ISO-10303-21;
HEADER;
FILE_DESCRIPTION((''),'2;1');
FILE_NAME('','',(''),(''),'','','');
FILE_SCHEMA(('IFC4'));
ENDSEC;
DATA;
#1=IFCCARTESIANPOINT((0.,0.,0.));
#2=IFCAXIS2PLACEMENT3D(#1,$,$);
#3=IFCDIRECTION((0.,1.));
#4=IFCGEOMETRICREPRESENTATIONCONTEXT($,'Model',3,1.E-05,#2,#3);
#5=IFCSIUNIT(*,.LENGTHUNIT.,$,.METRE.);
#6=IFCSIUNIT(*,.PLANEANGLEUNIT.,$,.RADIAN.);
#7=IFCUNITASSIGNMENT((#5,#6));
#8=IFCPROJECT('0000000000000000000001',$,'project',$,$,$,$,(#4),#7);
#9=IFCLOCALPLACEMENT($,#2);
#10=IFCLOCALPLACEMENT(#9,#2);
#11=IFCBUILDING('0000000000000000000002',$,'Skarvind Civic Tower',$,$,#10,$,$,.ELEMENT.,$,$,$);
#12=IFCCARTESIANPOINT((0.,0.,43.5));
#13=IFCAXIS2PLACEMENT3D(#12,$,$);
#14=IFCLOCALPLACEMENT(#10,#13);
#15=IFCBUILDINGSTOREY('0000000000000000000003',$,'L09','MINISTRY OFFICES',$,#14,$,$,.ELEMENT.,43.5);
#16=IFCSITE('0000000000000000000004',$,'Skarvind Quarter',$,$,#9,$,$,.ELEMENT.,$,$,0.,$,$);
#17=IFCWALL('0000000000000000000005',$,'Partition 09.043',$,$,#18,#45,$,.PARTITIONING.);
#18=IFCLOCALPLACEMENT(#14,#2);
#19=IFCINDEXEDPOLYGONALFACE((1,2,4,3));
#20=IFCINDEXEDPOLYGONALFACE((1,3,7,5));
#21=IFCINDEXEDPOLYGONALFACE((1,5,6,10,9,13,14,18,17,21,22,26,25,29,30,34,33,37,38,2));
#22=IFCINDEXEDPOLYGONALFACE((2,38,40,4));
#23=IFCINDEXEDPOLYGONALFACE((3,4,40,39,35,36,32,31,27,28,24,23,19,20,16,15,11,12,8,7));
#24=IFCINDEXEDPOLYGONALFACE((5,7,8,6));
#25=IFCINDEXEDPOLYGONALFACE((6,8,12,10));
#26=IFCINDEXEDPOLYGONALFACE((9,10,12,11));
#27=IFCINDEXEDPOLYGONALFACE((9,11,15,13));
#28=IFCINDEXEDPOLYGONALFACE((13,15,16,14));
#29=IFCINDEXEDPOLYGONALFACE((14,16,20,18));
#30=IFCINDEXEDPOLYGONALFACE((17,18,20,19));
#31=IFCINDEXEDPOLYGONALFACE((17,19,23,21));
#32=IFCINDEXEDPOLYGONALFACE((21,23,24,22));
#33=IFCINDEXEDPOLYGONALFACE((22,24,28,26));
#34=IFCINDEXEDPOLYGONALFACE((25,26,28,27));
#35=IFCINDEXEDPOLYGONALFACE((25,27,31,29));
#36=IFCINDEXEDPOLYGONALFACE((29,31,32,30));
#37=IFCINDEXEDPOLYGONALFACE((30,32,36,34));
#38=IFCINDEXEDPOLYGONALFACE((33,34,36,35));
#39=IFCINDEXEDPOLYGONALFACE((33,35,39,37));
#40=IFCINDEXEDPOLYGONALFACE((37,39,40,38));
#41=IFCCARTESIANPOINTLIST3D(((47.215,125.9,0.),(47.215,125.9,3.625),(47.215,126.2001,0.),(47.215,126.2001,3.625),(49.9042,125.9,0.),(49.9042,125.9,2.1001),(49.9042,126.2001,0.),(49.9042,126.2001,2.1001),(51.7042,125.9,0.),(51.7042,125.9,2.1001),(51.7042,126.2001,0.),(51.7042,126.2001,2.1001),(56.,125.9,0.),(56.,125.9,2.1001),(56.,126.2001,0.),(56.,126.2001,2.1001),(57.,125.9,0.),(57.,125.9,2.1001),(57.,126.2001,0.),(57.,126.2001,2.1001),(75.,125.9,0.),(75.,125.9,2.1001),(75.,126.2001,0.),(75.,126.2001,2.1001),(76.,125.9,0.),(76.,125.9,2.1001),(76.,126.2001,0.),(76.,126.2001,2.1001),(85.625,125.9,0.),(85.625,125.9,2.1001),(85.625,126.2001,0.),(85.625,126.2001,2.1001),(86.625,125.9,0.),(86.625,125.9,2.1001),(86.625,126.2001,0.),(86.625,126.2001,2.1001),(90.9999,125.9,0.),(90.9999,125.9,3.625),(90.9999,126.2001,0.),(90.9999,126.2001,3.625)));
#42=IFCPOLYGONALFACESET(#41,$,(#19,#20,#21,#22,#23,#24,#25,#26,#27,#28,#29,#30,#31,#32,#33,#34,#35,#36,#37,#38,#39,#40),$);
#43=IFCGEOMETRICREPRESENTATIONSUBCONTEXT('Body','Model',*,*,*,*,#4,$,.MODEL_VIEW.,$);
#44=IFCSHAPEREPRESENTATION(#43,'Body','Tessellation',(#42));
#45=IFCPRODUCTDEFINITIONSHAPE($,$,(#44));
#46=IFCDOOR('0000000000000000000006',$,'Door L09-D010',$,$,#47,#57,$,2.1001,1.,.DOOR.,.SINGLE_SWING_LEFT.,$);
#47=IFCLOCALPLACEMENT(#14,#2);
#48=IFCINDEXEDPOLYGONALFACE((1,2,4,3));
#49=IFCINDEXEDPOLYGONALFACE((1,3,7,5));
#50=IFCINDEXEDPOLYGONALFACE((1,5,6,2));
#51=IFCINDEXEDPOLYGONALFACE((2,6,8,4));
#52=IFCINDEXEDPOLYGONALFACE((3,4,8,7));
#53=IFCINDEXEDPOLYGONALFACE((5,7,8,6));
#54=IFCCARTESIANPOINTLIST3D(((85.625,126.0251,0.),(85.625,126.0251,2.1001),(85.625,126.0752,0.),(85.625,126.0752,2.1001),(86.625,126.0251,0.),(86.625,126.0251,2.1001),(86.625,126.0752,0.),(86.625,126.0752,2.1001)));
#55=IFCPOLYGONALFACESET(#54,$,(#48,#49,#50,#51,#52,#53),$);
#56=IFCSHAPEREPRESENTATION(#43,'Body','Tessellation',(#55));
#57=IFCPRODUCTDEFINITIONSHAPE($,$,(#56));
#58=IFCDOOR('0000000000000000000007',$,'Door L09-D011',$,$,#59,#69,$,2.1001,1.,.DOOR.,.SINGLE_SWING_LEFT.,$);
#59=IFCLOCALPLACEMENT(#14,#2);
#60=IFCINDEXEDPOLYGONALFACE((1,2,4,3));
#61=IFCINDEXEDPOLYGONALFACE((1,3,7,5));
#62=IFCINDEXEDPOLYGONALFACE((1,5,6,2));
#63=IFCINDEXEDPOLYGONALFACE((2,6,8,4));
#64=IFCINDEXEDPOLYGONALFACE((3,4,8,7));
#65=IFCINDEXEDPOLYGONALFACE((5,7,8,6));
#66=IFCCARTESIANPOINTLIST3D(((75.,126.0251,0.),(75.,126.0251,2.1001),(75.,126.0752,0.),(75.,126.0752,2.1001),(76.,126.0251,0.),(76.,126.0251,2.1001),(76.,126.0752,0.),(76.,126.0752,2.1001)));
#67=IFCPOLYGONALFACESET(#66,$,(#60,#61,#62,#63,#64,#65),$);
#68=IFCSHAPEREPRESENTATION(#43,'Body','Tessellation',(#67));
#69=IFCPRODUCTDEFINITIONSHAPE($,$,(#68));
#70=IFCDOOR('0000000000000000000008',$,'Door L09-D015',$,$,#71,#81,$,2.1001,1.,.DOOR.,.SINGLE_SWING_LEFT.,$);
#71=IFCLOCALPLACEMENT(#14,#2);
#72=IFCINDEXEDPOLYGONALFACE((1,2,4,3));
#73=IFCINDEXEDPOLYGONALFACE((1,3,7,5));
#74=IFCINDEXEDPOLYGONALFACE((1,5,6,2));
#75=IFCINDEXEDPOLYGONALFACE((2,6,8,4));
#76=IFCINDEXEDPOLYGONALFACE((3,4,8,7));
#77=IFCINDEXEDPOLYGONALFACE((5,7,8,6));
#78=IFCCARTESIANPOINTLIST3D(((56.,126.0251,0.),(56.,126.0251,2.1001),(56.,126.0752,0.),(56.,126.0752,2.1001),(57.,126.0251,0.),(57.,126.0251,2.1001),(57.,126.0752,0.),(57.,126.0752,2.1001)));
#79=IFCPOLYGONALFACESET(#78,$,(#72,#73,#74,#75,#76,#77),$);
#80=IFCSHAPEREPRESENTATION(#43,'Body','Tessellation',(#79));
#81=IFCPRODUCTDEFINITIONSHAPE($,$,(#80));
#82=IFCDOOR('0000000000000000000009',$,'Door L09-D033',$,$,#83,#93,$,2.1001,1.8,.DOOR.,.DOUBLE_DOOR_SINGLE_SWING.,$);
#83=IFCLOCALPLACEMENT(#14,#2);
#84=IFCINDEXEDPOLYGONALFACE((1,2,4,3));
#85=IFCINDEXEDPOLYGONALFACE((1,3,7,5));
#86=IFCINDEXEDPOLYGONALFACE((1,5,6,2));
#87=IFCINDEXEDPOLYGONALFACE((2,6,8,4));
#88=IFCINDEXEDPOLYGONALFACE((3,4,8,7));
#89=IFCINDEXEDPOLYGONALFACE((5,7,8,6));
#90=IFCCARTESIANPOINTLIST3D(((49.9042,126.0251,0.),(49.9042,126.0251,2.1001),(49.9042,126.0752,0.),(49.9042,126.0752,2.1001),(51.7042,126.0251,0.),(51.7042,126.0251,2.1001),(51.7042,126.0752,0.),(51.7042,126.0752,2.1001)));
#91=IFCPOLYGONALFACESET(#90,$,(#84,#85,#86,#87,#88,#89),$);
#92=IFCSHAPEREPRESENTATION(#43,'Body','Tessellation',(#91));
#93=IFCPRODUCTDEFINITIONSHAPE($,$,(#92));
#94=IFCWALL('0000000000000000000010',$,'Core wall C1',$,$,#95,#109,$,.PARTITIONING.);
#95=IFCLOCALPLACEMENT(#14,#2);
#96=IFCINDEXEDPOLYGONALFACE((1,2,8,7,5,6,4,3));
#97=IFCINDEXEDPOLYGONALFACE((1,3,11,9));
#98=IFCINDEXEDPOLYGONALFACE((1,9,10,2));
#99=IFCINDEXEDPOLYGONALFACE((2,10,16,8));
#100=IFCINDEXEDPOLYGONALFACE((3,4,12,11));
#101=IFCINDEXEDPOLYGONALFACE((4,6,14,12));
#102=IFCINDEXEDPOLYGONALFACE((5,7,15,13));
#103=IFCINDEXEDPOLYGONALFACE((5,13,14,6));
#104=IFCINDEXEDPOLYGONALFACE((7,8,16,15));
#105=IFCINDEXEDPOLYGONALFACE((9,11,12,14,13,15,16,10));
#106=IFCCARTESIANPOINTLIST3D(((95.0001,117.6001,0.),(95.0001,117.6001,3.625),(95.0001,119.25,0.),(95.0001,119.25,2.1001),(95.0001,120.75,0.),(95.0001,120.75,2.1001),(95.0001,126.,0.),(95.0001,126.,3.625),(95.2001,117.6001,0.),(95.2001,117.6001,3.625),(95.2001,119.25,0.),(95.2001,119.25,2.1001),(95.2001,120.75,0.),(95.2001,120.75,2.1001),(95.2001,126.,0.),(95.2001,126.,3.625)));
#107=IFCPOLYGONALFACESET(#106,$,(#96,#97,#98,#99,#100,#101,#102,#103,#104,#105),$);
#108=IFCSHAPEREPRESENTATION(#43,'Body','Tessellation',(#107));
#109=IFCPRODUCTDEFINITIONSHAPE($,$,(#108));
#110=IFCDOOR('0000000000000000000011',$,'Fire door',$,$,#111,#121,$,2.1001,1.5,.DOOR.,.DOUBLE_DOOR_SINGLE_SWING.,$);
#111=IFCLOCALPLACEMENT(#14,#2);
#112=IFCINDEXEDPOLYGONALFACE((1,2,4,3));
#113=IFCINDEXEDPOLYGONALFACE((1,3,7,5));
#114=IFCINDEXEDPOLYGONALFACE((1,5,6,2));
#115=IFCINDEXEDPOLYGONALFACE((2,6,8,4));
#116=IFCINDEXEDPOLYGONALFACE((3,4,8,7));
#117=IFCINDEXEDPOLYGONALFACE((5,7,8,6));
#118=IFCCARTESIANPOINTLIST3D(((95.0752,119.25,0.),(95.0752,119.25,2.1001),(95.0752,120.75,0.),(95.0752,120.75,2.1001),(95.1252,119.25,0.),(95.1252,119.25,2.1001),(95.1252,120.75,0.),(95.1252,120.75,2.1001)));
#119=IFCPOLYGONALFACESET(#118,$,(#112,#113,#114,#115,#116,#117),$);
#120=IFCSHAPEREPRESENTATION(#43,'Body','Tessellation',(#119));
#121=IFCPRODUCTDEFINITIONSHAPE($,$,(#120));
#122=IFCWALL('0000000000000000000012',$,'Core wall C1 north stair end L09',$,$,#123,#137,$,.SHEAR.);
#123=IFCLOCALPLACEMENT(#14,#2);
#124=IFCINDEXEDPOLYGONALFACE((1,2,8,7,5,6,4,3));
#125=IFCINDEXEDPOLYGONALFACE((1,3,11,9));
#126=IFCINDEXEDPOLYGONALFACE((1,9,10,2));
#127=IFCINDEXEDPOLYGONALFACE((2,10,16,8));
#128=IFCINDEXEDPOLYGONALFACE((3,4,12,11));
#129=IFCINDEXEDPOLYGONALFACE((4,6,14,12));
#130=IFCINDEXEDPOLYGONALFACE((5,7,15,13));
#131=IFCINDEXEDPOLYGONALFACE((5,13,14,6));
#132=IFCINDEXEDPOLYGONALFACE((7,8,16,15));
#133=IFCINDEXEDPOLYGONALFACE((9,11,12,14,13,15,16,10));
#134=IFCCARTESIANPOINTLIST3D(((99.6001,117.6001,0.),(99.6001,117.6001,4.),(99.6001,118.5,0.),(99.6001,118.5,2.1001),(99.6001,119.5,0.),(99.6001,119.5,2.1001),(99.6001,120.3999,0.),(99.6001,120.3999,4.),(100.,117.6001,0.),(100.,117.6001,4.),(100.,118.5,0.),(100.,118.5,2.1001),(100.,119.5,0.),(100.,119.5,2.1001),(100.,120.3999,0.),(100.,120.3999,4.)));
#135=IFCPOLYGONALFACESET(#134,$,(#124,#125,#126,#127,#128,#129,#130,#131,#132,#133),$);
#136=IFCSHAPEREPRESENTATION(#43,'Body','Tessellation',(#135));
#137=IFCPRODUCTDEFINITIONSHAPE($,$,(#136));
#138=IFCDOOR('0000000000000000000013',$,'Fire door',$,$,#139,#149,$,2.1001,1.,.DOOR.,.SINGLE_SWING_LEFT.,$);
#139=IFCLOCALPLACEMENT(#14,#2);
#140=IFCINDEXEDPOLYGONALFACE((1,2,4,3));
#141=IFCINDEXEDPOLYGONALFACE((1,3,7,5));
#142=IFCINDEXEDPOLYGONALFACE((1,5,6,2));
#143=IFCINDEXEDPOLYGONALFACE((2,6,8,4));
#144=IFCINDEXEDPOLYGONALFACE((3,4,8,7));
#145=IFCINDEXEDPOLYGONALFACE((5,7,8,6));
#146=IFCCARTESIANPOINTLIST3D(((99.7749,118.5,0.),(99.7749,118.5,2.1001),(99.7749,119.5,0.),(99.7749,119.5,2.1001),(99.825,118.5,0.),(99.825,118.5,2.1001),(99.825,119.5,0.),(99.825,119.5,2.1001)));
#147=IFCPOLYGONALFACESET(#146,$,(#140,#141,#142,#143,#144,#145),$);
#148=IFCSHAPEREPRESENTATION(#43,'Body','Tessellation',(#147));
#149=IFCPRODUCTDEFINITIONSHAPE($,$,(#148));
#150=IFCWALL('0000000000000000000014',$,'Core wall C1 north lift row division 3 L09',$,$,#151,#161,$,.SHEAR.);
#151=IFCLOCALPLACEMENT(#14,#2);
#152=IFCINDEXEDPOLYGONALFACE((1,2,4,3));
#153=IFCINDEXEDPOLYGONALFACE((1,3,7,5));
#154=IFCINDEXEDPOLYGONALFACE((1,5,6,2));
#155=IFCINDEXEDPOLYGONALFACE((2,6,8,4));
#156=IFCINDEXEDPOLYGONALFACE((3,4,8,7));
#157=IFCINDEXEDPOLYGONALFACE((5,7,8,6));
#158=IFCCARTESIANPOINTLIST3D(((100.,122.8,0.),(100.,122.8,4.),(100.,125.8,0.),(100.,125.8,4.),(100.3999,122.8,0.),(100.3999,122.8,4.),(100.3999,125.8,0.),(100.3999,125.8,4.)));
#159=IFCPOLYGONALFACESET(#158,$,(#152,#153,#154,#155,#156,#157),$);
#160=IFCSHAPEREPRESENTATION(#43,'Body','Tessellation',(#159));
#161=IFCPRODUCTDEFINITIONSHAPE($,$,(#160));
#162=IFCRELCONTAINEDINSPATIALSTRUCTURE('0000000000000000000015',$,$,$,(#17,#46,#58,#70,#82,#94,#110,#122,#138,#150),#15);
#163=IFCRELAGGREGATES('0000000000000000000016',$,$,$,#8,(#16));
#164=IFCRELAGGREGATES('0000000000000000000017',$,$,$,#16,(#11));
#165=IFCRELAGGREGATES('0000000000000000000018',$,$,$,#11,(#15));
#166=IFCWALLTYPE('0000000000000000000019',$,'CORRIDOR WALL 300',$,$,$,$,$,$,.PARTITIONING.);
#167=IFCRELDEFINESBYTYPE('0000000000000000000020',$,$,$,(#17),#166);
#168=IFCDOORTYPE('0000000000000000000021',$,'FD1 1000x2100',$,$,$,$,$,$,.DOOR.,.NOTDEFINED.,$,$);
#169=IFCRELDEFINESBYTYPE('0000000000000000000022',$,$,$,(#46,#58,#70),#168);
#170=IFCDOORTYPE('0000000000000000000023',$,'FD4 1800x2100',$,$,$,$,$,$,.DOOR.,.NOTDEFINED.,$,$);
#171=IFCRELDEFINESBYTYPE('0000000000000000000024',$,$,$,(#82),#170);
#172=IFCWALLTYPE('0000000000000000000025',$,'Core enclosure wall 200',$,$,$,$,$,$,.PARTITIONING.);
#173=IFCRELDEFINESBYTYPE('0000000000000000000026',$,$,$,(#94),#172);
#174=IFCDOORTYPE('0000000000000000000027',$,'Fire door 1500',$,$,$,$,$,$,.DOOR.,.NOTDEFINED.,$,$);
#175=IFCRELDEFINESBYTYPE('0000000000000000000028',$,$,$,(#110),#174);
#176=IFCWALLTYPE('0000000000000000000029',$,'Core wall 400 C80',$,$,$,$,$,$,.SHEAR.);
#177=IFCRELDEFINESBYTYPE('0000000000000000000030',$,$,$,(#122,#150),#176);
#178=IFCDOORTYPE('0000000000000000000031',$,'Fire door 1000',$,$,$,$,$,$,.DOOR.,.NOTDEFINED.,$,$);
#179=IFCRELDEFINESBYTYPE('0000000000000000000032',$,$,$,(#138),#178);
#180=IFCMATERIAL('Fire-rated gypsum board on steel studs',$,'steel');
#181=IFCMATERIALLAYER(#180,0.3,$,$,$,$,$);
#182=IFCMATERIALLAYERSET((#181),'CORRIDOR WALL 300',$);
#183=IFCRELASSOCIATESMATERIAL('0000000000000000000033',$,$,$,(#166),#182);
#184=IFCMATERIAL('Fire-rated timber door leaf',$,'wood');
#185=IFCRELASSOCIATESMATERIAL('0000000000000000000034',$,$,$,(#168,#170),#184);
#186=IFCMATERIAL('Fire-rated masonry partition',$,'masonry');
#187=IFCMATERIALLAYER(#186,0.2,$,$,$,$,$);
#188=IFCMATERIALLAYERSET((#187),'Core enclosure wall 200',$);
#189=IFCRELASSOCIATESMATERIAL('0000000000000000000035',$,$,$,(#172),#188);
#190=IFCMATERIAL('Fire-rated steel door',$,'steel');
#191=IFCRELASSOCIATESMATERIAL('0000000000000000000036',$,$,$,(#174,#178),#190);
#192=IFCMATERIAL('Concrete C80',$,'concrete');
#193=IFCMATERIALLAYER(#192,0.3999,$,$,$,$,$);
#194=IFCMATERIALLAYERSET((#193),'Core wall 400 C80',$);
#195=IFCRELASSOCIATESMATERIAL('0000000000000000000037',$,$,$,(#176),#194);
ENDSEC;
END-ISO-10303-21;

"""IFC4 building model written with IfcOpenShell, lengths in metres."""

from ifc_helpers import new_model, si_unit, direction, frame, frame_2d, origin, place, context, subcontext, project, spatial, rectangle, extrude, material, layer, layer_set, type_object, element, fill, save


model = new_model("IFC4")

# Units and contexts
model_context = context("Model", 3, precision=1e-05, world=origin(), true_north=direction((0.0, 1.0)))
body_context = subcontext(model_context, "Body", "Model", "MODEL_VIEW")
ifc_project = project(units=[si_unit("LENGTHUNIT", "METRE"), si_unit("PLANEANGLEUNIT", "RADIAN")], contexts=[model_context])

# Site, building, storey
site_placement = place(None, origin())
site = spatial("IfcSite", under=ifc_project, at=site_placement, Name="Skarvind Quarter", CompositionType="ELEMENT", RefElevation=0.0)
building_placement = place(site_placement, origin())
building = spatial("IfcBuilding", under=site, at=building_placement, Name="Skarvind Civic Tower", CompositionType="ELEMENT")
storey_placement = place(building_placement, frame((0.0, 0.0, 43.5)))
storey = spatial("IfcBuildingStorey", under=building, at=storey_placement, Name="L09", Description="MINISTRY OFFICES", CompositionType="ELEMENT", Elevation=43.5)

# Wall, openings, doors
ifc_material_1 = material(Name="Fire-rated gypsum board on steel studs", Category="steel")
ifc_layer_1 = layer(ifc_material_1, 0.3)
ifc_layer_set_1 = layer_set([ifc_layer_1], Name="CORRIDOR WALL 300")
wall_type_1 = type_object("IfcWallType", Name="CORRIDOR WALL 300", PredefinedType="PARTITIONING", material=ifc_layer_set_1)
wall_1_placement = place(storey_placement, frame((91.0, 126.05, 0.0), z_axis=(0.0, 0.0, 1.0), x_axis=(-1.0, 0.0, 0.0)))
wall_1 = element("IfcWall", 1, at=wall_1_placement, inside=storey, type_object=wall_type_1, Name="Partition 09.043", PredefinedType="PARTITIONING", context=body_context, shape_type="SweptSolid", body=[
    extrude(rectangle(XDim=43.7849, YDim=0.3, at=frame_2d((21.8926, 0.0))), origin(), (0.0, 0.0, 1.0), 3.625),
])
opening_1_placement = place(wall_1_placement, frame((4.375, 0.0, 0.0)))
opening_1 = element("IfcOpeningElement", 2, at=opening_1_placement, cuts=wall_1, PredefinedType="OPENING", context=body_context, shape_type="SweptSolid", body=[
    extrude(rectangle(XDim=1.0, YDim=2.1001, at=frame_2d((0.5, 1.05))), frame((0.0, 0.1599, 0.0), z_axis=(0.0, -1.0, 0.0), x_axis=(1.0, 0.0, 0.0)), (0.0, 0.0, 1.0), 0.3201),
])
opening_2_placement = place(wall_1_placement, frame((15.0, 0.0, 0.0)))
opening_2 = element("IfcOpeningElement", 3, at=opening_2_placement, cuts=wall_1, PredefinedType="OPENING", context=body_context, shape_type="SweptSolid", body=[
    extrude(rectangle(XDim=1.0, YDim=2.1001, at=frame_2d((0.5, 1.05))), frame((0.0, 0.1599, 0.0), z_axis=(0.0, -1.0, 0.0), x_axis=(1.0, 0.0, 0.0)), (0.0, 0.0, 1.0), 0.3201),
])
opening_3_placement = place(wall_1_placement, frame((34.0, 0.0, 0.0)))
opening_3 = element("IfcOpeningElement", 4, at=opening_3_placement, cuts=wall_1, PredefinedType="OPENING", context=body_context, shape_type="SweptSolid", body=[
    extrude(rectangle(XDim=1.0, YDim=2.1001, at=frame_2d((0.5, 1.05))), frame((0.0, 0.1599, 0.0), z_axis=(0.0, -1.0, 0.0), x_axis=(1.0, 0.0, 0.0)), (0.0, 0.0, 1.0), 0.3201),
])
opening_4_placement = place(wall_1_placement, frame((39.2959, 0.0, 0.0)))
opening_4 = element("IfcOpeningElement", 5, at=opening_4_placement, cuts=wall_1, PredefinedType="OPENING", context=body_context, shape_type="SweptSolid", body=[
    extrude(rectangle(XDim=1.8, YDim=2.1001, at=frame_2d((0.8999, 1.05))), frame((0.0, 0.1599, 0.0), z_axis=(0.0, -1.0, 0.0), x_axis=(1.0, 0.0, 0.0)), (0.0, 0.0, 1.0), 0.3201),
])
ifc_material_2 = material(Name="Fire-rated timber door leaf", Category="wood")
door_type_1 = type_object("IfcDoorType", Name="FD1 1000x2100", OperationType="NOTDEFINED", PredefinedType="DOOR", material=ifc_material_2)
door_1_placement = place(opening_1_placement, origin())
door_1 = element("IfcDoor", 6, at=door_1_placement, inside=storey, type_object=door_type_1, Name="Door L09-D010", OperationType="SINGLE_SWING_LEFT", OverallHeight=2.1001, OverallWidth=1.0, PredefinedType="DOOR", context=body_context, shape_type="SweptSolid", body=[
    extrude(rectangle(XDim=1.0, YDim=2.1001, at=frame_2d((0.5, 1.05))), frame((0.0, 0.0249, 0.0), z_axis=(0.0, -1.0, 0.0), x_axis=(1.0, 0.0, 0.0)), (0.0, 0.0, 1.0), 0.05),
])
fill(opening_1, door_1)
door_2_placement = place(opening_2_placement, origin())
door_2 = element("IfcDoor", 7, at=door_2_placement, inside=storey, type_object=door_type_1, Name="Door L09-D011", OperationType="SINGLE_SWING_LEFT", OverallHeight=2.1001, OverallWidth=1.0, PredefinedType="DOOR", context=body_context, shape_type="SweptSolid", body=[
    extrude(rectangle(XDim=1.0, YDim=2.1001, at=frame_2d((0.5, 1.05))), frame((0.0, 0.0249, 0.0), z_axis=(0.0, -1.0, 0.0), x_axis=(1.0, 0.0, 0.0)), (0.0, 0.0, 1.0), 0.05),
])
fill(opening_2, door_2)
door_3_placement = place(opening_3_placement, origin())
door_3 = element("IfcDoor", 8, at=door_3_placement, inside=storey, type_object=door_type_1, Name="Door L09-D015", OperationType="SINGLE_SWING_LEFT", OverallHeight=2.1001, OverallWidth=1.0, PredefinedType="DOOR", context=body_context, shape_type="SweptSolid", body=[
    extrude(rectangle(XDim=1.0, YDim=2.1001, at=frame_2d((0.5, 1.05))), frame((0.0, 0.0249, 0.0), z_axis=(0.0, -1.0, 0.0), x_axis=(1.0, 0.0, 0.0)), (0.0, 0.0, 1.0), 0.05),
])
fill(opening_3, door_3)
door_type_2 = type_object("IfcDoorType", Name="FD4 1800x2100", OperationType="NOTDEFINED", PredefinedType="DOOR", material=ifc_material_2)
door_4_placement = place(opening_4_placement, origin())
door_4 = element("IfcDoor", 9, at=door_4_placement, inside=storey, type_object=door_type_2, Name="Door L09-D033", OperationType="DOUBLE_DOOR_SINGLE_SWING", OverallHeight=2.1001, OverallWidth=1.8, PredefinedType="DOOR", context=body_context, shape_type="SweptSolid", body=[
    extrude(rectangle(XDim=1.8, YDim=2.1001, at=frame_2d((0.8999, 1.05))), frame((0.0, 0.0249, 0.0), z_axis=(0.0, -1.0, 0.0), x_axis=(1.0, 0.0, 0.0)), (0.0, 0.0, 1.0), 0.05),
])
fill(opening_4, door_4)

# Walls, openings, doors
ifc_material_3 = material(Name="Fire-rated masonry partition", Category="masonry")
ifc_layer_2 = layer(ifc_material_3, 0.2)
ifc_layer_set_2 = layer_set([ifc_layer_2], Name="Core enclosure wall 200")
wall_type_2 = type_object("IfcWallType", Name="Core enclosure wall 200", PredefinedType="PARTITIONING", material=ifc_layer_set_2)
wall_2_placement = place(storey_placement, frame((95.1001, 117.6001, 0.0), z_axis=(0.0, 0.0, 1.0), x_axis=(0.0, 1.0, 0.0)))
wall_2 = element("IfcWall", 10, at=wall_2_placement, inside=storey, type_object=wall_type_2, Name="Core wall C1", PredefinedType="PARTITIONING", context=body_context, shape_type="SweptSolid", body=[
    extrude(rectangle(XDim=8.3999, YDim=0.2, at=frame_2d((4.2, 0.0))), origin(), (0.0, 0.0, 1.0), 3.625),
])
opening_5_placement = place(wall_2_placement, frame((1.6499, 0.0, 0.0)))
opening_5 = element("IfcOpeningElement", 11, at=opening_5_placement, cuts=wall_2, PredefinedType="OPENING", context=body_context, shape_type="SweptSolid", body=[
    extrude(rectangle(XDim=1.5, YDim=2.1001, at=frame_2d((0.75, 1.05))), frame((0.0, 0.1099, 0.0), z_axis=(0.0, -1.0, 0.0), x_axis=(1.0, 0.0, 0.0)), (0.0, 0.0, 1.0), 0.22),
])
ifc_material_4 = material(Name="Fire-rated steel door", Category="steel")
door_type_3 = type_object("IfcDoorType", Name="Fire door 1500", OperationType="NOTDEFINED", PredefinedType="DOOR", material=ifc_material_4)
door_5_placement = place(opening_5_placement, origin())
door_5 = element("IfcDoor", 12, at=door_5_placement, inside=storey, type_object=door_type_3, Name="Fire door", OperationType="DOUBLE_DOOR_SINGLE_SWING", OverallHeight=2.1001, OverallWidth=1.5, PredefinedType="DOOR", context=body_context, shape_type="SweptSolid", body=[
    extrude(rectangle(XDim=1.5, YDim=2.1001, at=frame_2d((0.75, 1.05))), frame((0.0, 0.0249, 0.0), z_axis=(0.0, -1.0, 0.0), x_axis=(1.0, 0.0, 0.0)), (0.0, 0.0, 1.0), 0.05),
])
fill(opening_5, door_5)
ifc_material_5 = material(Name="Concrete C80", Category="concrete")
ifc_layer_3 = layer(ifc_material_5, 0.3999)
ifc_layer_set_3 = layer_set([ifc_layer_3], Name="Core wall 400 C80")
wall_type_3 = type_object("IfcWallType", Name="Core wall 400 C80", PredefinedType="SHEAR", material=ifc_layer_set_3)
wall_3_placement = place(storey_placement, frame((99.8, 120.3999, 0.0), z_axis=(0.0, 0.0, 1.0), x_axis=(0.0, -1.0, 0.0)))
wall_3 = element("IfcWall", 13, at=wall_3_placement, inside=storey, type_object=wall_type_3, Name="Core wall C1 north stair end L09", PredefinedType="SHEAR", context=body_context, shape_type="SweptSolid", body=[
    extrude(rectangle(XDim=2.7998, YDim=0.3999, at=frame_2d((1.3999, 0.0))), origin(), (0.0, 0.0, 1.0), 4.0),
])
opening_6_placement = place(wall_3_placement, frame((0.8999, 0.0, 0.0)))
opening_6 = element("IfcOpeningElement", 14, at=opening_6_placement, cuts=wall_3, PredefinedType="OPENING", context=body_context, shape_type="SweptSolid", body=[
    extrude(rectangle(XDim=1.0, YDim=2.1001, at=frame_2d((0.5, 1.05))), frame((0.0, 0.21, 0.0), z_axis=(0.0, -1.0, 0.0), x_axis=(1.0, 0.0, 0.0)), (0.0, 0.0, 1.0), 0.4199),
])
door_type_4 = type_object("IfcDoorType", Name="Fire door 1000", OperationType="NOTDEFINED", PredefinedType="DOOR", material=ifc_material_4)
door_6_placement = place(opening_6_placement, origin())
door_6 = element("IfcDoor", 15, at=door_6_placement, inside=storey, type_object=door_type_4, Name="Fire door", OperationType="SINGLE_SWING_LEFT", OverallHeight=2.1001, OverallWidth=1.0, PredefinedType="DOOR", context=body_context, shape_type="SweptSolid", body=[
    extrude(rectangle(XDim=1.0, YDim=2.1001, at=frame_2d((0.5, 1.05))), frame((0.0, 0.0249, 0.0), z_axis=(0.0, -1.0, 0.0), x_axis=(1.0, 0.0, 0.0)), (0.0, 0.0, 1.0), 0.05),
])
fill(opening_6, door_6)

# Wall
for number, where, z_axis, x_axis, name in (
    (16, (100.2, 125.8, 0.0), (0.0, 0.0, 1.0), (0.0, -1.0, 0.0), "Core wall C1 north lift row division 3 L09"),
):
    element("IfcWall", number, at=place(storey_placement, frame(where, z_axis=z_axis, x_axis=x_axis)), inside=storey, type_object=wall_type_3, Name=name, PredefinedType="SHEAR", context=body_context, shape_type="SweptSolid", body=[
        extrude(rectangle(XDim=3.0, YDim=0.3999, at=frame_2d((1.5, 0.0))), origin(), (0.0, 0.0, 1.0), 4.0),
    ])

save(model, "model.ifc")
